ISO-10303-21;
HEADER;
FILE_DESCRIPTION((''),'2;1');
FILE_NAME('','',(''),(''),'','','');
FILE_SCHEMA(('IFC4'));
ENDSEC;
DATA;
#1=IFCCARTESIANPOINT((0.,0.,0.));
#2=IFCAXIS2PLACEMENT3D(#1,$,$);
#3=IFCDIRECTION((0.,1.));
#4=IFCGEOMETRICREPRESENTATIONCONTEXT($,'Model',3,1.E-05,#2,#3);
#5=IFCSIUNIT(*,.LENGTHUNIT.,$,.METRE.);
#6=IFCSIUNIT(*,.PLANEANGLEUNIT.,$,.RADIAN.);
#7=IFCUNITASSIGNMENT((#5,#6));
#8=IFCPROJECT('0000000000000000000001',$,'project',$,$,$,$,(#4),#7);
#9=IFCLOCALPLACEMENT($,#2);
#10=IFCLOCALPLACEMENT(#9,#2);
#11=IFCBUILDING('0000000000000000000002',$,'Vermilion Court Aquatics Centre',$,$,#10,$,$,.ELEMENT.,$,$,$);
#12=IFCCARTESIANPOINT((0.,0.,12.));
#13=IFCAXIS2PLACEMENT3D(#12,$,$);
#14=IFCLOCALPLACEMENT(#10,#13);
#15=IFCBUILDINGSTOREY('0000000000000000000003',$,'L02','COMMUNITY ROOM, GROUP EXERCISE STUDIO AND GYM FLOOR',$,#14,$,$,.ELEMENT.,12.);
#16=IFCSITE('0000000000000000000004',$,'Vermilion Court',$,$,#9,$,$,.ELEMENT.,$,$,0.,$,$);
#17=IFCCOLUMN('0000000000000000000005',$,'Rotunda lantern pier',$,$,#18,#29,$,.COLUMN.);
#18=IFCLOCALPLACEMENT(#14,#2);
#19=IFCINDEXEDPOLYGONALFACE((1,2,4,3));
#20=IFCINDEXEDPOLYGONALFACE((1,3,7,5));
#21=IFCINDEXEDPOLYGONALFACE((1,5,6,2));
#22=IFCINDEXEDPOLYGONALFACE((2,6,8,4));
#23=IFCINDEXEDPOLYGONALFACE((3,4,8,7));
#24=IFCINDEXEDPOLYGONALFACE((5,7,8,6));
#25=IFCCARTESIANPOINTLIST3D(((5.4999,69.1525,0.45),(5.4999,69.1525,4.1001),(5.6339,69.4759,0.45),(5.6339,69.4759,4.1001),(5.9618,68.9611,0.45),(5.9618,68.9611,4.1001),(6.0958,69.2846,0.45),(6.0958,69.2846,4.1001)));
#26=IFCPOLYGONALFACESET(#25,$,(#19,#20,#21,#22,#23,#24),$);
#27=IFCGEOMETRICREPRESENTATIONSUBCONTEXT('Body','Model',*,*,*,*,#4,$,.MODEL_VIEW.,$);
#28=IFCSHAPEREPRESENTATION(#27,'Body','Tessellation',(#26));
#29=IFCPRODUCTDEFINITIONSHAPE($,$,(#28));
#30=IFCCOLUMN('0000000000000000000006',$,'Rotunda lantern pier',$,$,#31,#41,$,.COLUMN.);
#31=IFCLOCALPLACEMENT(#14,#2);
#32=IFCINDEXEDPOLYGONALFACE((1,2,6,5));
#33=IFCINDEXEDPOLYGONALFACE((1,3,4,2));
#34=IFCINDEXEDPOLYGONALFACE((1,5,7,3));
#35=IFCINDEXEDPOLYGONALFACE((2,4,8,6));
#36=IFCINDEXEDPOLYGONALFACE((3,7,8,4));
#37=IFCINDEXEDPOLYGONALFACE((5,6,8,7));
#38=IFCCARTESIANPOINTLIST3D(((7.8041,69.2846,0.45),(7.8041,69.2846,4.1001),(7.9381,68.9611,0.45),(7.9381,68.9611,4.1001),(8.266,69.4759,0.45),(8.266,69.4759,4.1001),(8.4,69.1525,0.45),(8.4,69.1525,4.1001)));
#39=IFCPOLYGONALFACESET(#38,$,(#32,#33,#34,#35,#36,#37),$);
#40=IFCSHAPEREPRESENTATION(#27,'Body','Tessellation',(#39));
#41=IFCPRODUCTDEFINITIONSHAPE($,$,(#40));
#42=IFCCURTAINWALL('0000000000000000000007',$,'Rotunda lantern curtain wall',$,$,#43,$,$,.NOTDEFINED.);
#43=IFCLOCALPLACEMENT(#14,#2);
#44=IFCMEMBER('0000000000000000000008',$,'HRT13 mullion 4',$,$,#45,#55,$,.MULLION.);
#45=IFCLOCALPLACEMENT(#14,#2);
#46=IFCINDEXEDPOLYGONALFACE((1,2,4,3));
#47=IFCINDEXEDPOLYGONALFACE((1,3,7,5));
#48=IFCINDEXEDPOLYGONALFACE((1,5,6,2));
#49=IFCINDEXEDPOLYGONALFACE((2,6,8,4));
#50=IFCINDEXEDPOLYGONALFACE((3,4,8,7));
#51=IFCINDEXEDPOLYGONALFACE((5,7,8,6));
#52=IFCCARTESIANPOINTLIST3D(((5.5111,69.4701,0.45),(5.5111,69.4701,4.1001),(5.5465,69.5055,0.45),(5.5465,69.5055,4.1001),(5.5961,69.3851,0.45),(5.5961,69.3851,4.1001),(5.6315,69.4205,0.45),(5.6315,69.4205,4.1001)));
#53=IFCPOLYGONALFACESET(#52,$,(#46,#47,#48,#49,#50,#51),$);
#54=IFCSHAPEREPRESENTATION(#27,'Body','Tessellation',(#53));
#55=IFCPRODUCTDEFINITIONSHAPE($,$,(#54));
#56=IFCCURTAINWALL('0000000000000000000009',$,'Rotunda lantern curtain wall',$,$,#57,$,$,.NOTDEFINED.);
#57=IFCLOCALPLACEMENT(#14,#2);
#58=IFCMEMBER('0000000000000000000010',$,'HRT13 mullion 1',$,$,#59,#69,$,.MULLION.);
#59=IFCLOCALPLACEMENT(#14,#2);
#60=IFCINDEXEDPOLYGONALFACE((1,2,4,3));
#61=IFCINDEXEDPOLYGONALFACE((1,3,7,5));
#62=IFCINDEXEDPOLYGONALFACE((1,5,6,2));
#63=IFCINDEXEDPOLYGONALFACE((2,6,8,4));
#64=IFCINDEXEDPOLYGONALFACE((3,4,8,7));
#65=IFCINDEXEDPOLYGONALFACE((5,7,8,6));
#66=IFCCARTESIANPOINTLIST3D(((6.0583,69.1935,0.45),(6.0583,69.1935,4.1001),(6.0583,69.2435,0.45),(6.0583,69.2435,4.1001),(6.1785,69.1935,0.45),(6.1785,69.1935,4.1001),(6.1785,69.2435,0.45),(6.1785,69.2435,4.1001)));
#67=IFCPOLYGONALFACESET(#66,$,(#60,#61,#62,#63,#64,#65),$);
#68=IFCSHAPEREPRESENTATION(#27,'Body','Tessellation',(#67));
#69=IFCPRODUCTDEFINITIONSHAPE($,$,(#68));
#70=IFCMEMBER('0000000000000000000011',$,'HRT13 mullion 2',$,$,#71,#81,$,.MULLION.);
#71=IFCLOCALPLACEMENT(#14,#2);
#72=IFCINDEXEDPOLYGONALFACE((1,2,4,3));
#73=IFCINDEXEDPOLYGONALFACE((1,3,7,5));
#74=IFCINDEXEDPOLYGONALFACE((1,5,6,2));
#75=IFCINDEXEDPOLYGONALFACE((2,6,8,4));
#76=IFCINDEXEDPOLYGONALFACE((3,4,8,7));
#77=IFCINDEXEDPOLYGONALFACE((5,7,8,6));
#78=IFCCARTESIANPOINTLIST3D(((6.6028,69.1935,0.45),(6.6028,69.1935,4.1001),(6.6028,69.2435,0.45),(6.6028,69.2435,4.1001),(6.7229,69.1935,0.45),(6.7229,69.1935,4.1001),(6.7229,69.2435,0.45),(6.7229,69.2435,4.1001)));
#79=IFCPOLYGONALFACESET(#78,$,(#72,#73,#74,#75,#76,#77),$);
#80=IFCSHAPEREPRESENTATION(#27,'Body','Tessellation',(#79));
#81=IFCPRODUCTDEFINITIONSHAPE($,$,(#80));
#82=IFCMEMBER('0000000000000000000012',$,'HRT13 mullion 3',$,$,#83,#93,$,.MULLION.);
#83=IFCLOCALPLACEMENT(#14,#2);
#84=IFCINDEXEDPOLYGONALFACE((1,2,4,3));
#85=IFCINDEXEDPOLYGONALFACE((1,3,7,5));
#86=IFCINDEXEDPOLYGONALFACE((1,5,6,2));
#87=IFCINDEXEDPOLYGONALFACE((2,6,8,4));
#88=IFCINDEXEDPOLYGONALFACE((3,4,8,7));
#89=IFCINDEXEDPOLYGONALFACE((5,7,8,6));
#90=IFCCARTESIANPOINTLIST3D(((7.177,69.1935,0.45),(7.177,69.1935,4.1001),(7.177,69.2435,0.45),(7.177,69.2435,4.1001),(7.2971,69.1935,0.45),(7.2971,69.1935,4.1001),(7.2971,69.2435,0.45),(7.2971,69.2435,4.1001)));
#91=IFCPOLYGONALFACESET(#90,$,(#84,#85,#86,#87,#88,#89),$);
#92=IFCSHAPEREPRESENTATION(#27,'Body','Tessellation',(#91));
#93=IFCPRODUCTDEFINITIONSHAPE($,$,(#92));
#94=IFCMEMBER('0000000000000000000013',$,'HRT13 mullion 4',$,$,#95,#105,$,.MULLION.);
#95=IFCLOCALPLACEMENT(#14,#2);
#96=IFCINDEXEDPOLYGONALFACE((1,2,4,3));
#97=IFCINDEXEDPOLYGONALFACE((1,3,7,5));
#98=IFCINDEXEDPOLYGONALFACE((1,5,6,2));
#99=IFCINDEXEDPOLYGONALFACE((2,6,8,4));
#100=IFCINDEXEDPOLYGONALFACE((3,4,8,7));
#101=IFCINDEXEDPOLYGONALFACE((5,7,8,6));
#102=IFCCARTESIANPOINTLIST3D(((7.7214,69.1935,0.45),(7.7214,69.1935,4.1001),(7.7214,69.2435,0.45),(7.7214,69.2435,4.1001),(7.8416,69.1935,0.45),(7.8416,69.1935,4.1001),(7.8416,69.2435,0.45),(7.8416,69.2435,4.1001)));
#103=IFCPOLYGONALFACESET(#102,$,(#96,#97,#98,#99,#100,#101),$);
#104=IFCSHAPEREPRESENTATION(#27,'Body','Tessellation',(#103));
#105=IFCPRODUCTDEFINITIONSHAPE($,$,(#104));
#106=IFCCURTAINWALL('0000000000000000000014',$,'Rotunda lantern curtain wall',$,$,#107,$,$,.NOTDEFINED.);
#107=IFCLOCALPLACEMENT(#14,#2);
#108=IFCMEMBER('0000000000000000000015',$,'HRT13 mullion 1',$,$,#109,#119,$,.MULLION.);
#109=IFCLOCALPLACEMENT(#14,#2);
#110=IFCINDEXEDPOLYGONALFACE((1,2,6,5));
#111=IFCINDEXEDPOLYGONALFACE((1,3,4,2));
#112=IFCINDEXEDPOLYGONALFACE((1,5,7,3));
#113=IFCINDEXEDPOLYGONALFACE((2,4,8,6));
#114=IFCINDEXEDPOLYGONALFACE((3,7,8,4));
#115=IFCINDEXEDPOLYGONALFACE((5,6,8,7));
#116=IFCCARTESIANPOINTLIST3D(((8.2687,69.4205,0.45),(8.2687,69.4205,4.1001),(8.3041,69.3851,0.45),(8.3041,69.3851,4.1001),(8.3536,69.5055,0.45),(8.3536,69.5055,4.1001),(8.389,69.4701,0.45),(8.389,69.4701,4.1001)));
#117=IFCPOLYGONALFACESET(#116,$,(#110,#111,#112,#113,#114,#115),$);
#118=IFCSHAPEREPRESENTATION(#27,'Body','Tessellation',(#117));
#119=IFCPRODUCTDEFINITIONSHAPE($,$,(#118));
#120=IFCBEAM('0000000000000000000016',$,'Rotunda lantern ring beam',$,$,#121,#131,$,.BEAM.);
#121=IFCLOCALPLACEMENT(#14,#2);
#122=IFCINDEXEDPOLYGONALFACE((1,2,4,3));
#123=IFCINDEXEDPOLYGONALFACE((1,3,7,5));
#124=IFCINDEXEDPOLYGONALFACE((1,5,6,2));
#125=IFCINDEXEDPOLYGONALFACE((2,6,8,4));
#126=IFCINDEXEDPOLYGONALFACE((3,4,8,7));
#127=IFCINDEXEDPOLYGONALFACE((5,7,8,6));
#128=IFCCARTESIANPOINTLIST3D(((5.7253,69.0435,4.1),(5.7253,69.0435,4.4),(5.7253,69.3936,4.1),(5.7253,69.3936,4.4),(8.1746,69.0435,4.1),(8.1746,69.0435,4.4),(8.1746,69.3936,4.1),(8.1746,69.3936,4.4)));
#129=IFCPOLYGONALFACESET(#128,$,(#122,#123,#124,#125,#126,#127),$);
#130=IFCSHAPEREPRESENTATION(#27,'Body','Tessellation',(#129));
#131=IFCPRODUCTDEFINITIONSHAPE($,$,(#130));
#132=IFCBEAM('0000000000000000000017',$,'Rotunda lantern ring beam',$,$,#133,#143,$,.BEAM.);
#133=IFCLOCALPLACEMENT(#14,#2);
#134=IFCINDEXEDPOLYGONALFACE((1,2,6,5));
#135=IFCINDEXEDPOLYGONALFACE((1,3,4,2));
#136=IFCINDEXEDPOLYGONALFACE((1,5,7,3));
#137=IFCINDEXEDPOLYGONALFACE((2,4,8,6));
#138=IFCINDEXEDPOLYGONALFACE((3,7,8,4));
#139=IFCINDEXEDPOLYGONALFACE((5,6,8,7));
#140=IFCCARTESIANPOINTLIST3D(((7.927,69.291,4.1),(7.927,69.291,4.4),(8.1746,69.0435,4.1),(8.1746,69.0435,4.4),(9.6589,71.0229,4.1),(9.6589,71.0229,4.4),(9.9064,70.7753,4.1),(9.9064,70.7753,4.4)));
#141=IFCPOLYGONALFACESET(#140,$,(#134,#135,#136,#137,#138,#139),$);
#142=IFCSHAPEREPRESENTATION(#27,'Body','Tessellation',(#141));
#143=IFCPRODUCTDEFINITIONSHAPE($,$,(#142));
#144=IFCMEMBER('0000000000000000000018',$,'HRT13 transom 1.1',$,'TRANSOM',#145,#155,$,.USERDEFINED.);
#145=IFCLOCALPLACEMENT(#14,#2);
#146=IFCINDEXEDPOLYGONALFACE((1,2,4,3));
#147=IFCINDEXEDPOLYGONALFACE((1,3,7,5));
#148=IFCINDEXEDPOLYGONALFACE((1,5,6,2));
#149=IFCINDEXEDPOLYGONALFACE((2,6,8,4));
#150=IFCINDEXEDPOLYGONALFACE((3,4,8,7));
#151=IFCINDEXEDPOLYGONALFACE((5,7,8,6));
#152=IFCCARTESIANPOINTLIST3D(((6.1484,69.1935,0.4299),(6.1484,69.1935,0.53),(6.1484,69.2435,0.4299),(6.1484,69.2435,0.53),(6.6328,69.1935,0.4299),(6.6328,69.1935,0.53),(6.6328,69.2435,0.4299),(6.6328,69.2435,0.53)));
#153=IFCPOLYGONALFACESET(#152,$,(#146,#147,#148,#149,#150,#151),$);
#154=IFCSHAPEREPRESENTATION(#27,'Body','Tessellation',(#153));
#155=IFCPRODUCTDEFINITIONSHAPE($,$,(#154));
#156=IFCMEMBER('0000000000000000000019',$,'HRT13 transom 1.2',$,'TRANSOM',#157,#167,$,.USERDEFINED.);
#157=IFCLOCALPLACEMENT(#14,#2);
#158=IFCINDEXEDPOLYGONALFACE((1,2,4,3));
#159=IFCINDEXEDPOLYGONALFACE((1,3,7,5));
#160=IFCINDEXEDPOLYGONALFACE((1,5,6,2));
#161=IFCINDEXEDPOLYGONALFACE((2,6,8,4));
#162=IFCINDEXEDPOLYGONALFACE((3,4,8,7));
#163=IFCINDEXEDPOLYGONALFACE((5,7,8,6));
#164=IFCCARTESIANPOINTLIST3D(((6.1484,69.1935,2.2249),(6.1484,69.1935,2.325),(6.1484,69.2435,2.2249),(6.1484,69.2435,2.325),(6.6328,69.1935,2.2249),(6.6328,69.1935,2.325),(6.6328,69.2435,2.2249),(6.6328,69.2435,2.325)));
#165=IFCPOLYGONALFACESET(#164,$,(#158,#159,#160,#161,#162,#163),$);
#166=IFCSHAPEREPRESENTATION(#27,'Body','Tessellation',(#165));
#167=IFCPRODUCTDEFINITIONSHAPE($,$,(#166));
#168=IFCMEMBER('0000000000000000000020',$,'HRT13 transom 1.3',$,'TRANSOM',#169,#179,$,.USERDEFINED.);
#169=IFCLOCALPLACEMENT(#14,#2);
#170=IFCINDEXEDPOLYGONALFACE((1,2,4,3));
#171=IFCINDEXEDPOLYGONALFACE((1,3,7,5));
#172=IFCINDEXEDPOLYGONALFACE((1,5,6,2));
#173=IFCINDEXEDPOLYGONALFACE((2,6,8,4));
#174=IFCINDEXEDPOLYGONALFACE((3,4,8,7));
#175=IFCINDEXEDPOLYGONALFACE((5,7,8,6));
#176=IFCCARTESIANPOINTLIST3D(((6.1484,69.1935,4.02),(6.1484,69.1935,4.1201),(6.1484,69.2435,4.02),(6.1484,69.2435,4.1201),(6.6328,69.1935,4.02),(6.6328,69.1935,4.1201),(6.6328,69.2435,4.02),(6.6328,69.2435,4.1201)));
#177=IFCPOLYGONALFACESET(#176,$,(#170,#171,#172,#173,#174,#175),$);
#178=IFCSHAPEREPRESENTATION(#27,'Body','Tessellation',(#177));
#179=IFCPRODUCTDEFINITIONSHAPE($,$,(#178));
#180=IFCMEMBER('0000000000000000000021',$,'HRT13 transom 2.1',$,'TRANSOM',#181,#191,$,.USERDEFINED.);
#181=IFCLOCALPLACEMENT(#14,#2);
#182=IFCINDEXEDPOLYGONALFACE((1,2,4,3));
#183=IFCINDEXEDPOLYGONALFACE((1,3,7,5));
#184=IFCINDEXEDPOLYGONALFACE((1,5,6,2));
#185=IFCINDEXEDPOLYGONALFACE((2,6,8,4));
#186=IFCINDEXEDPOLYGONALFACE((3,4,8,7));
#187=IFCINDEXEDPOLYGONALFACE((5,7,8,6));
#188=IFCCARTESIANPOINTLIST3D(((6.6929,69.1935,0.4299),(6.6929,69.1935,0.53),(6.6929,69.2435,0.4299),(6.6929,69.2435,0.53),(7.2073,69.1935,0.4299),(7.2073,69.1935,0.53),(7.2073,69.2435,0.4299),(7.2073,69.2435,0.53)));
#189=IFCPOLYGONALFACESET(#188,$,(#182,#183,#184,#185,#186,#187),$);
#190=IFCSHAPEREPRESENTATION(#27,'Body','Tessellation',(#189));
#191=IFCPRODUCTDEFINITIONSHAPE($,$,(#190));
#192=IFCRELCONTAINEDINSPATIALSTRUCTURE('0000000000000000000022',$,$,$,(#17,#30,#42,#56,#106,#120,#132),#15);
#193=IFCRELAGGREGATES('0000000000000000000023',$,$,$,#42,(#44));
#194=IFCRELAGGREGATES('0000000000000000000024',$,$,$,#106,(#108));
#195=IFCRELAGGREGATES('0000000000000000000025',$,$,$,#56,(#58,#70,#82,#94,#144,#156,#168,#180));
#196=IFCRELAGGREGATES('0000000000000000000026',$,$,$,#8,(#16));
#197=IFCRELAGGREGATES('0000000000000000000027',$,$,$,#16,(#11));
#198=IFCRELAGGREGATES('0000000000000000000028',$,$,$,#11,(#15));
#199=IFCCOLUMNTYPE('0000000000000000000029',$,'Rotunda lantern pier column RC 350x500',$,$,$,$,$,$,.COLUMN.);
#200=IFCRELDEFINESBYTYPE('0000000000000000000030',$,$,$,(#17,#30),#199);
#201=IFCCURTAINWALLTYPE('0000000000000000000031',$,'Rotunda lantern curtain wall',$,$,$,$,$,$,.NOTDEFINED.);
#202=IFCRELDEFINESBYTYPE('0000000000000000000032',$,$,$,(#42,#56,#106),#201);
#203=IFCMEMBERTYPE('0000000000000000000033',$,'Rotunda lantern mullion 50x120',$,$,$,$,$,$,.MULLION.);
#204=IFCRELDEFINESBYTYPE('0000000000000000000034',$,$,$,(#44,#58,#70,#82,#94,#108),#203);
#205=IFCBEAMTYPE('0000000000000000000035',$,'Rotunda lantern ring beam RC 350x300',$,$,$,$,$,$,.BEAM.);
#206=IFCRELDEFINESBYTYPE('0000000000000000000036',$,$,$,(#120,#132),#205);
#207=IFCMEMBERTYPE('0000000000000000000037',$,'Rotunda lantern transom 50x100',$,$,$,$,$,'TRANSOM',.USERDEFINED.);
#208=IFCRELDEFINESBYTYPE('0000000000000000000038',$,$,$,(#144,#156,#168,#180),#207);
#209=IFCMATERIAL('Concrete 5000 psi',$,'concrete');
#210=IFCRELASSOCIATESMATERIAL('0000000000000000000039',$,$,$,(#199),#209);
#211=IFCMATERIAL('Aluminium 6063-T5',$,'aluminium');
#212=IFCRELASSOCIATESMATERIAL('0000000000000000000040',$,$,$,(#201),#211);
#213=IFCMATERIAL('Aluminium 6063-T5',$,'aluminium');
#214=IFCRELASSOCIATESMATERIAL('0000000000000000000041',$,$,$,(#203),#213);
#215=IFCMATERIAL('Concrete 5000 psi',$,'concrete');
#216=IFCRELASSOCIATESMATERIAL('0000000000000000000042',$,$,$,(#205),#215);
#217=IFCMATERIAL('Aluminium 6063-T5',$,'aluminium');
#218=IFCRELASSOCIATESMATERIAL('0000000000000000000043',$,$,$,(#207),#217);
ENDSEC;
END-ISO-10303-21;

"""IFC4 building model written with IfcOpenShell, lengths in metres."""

from ifc_helpers import new_model, si_unit, direction, frame, origin, origin_2d, place, context, subcontext, project, spatial, rectangle, extrude, material, material_profile, profile_set, type_object, element, aggregate, save


model = new_model("IFC4")

# Units and contexts
model_context = context("Model", 3, precision=1e-05, world=origin(), true_north=direction((0.0, 1.0)))
body_context = subcontext(model_context, "Body", "Model", "MODEL_VIEW")
ifc_project = project(units=[si_unit("LENGTHUNIT", "METRE"), si_unit("PLANEANGLEUNIT", "RADIAN")], contexts=[model_context])

# Site, building, storey
site_placement = place(None, origin())
site = spatial("IfcSite", under=ifc_project, at=site_placement, Name="Vermilion Court", CompositionType="ELEMENT", RefElevation=0.0)
building_placement = place(site_placement, origin())
building = spatial("IfcBuilding", under=site, at=building_placement, Name="Vermilion Court Aquatics Centre", CompositionType="ELEMENT")
storey_placement = place(building_placement, frame((0.0, 0.0, 12.0)))
storey = spatial("IfcBuildingStorey", under=building, at=storey_placement, Name="L02", Description="COMMUNITY ROOM, GROUP EXERCISE STUDIO AND GYM FLOOR", CompositionType="ELEMENT", Elevation=12.0)

# Columns
ifc_material_1 = material(Name="Concrete 5000 psi", Category="concrete")
ifc_material_profile_1 = material_profile(ifc_material_1, rectangle(XDim=0.3501, YDim=0.5, at=origin_2d()), Name="RC 350x500")
ifc_profile_set_1 = profile_set([ifc_material_profile_1], Name="Concrete 5000 psi")
column_type = type_object("IfcColumnType", Name="Rotunda lantern pier column RC 350x500", PredefinedType="COLUMN", material=ifc_profile_set_1)
for number, where, z_axis, x_axis, name in (
    (1, (5.7979, 69.2185, 0.45), (0.0, 0.0, 1.0), (-0.382683, -0.92388, 0.0), "Rotunda lantern pier"),
    (2, (8.1021, 69.2185, 0.45), (0.0, 0.0, 1.0), (0.382683, -0.92388, 0.0), "Rotunda lantern pier"),
):
    element("IfcColumn", number, at=place(storey_placement, frame(where, z_axis=z_axis, x_axis=x_axis)), inside=storey, type_object=column_type, Name=name, PredefinedType="COLUMN", context=body_context, shape_type="SweptSolid", body=[
        extrude(rectangle(XDim=0.3501, YDim=0.5, at=origin_2d()), origin(), (0.0, 0.0, 1.0), 3.6501),
    ])

# Curtain wall, member
ifc_material_2 = material(Name="Aluminium 6063-T5", Category="aluminium")
curtain_wall_type = type_object("IfcCurtainWallType", Name="Rotunda lantern curtain wall", PredefinedType="NOTDEFINED", material=ifc_material_2)
curtain_wall_1_placement = place(storey_placement, origin())
curtain_wall_1 = element("IfcCurtainWall", 3, at=curtain_wall_1_placement, inside=storey, type_object=curtain_wall_type, Name="Rotunda lantern curtain wall", PredefinedType="NOTDEFINED")
ifc_material_3 = material(Name="Aluminium 6063-T5", Category="aluminium")
ifc_material_profile_2 = material_profile(ifc_material_3, rectangle(XDim=0.05, YDim=0.1201, at=origin_2d()), Name="Aluminium 50x120")
ifc_profile_set_2 = profile_set([ifc_material_profile_2], Name="Aluminium 6063-T5")
member_type_1 = type_object("IfcMemberType", Name="Rotunda lantern mullion 50x120", PredefinedType="MULLION", material=ifc_profile_set_2)
member_1_placement = place(storey_placement, frame((5.5713, 69.4453, 0.45), z_axis=(0.0, 0.0, 1.0), x_axis=(0.707107, 0.707107, 0.0)))
member_1 = element("IfcMember", 4, at=member_1_placement, type_object=member_type_1, Name="HRT13 mullion 4", PredefinedType="MULLION", context=body_context, shape_type="SweptSolid", body=[
    extrude(rectangle(XDim=0.05, YDim=0.1201, at=origin_2d()), origin(), (0.0, 0.0, 1.0), 3.6501),
])
aggregate(curtain_wall_1, [member_1])

# Curtain wall, members
curtain_wall_2_placement = place(storey_placement, origin())
curtain_wall_2 = element("IfcCurtainWall", 5, at=curtain_wall_2_placement, inside=storey, type_object=curtain_wall_type, Name="Rotunda lantern curtain wall", PredefinedType="NOTDEFINED")
member_2_placement = place(storey_placement, frame((6.1184, 69.2185, 0.45), z_axis=(0.0, 0.0, 1.0), x_axis=(0.0, 1.0, 0.0)))
member_2 = element("IfcMember", 6, at=member_2_placement, type_object=member_type_1, Name="HRT13 mullion 1", PredefinedType="MULLION", context=body_context, shape_type="SweptSolid", body=[
    extrude(rectangle(XDim=0.05, YDim=0.1201, at=origin_2d()), origin(), (0.0, 0.0, 1.0), 3.6501),
])
member_3_placement = place(storey_placement, frame((6.6628, 69.2185, 0.45), z_axis=(0.0, 0.0, 1.0), x_axis=(0.0, 1.0, 0.0)))
member_3 = element("IfcMember", 7, at=member_3_placement, type_object=member_type_1, Name="HRT13 mullion 2", PredefinedType="MULLION", context=body_context, shape_type="SweptSolid", body=[
    extrude(rectangle(XDim=0.05, YDim=0.1201, at=origin_2d()), origin(), (0.0, 0.0, 1.0), 3.6501),
])
member_4_placement = place(storey_placement, frame((7.2371, 69.2185, 0.45), z_axis=(0.0, 0.0, 1.0), x_axis=(0.0, 1.0, 0.0)))
member_4 = element("IfcMember", 8, at=member_4_placement, type_object=member_type_1, Name="HRT13 mullion 3", PredefinedType="MULLION", context=body_context, shape_type="SweptSolid", body=[
    extrude(rectangle(XDim=0.05, YDim=0.1201, at=origin_2d()), origin(), (0.0, 0.0, 1.0), 3.6501),
])
member_5_placement = place(storey_placement, frame((7.7815, 69.2185, 0.45), z_axis=(0.0, 0.0, 1.0), x_axis=(0.0, 1.0, 0.0)))
member_5 = element("IfcMember", 9, at=member_5_placement, type_object=member_type_1, Name="HRT13 mullion 4", PredefinedType="MULLION", context=body_context, shape_type="SweptSolid", body=[
    extrude(rectangle(XDim=0.05, YDim=0.1201, at=origin_2d()), origin(), (0.0, 0.0, 1.0), 3.6501),
])

# Curtain wall, member
curtain_wall_3_placement = place(storey_placement, origin())
curtain_wall_3 = element("IfcCurtainWall", 10, at=curtain_wall_3_placement, inside=storey, type_object=curtain_wall_type, Name="Rotunda lantern curtain wall", PredefinedType="NOTDEFINED")
member_6_placement = place(storey_placement, frame((8.3289, 69.4453, 0.45), z_axis=(0.0, 0.0, 1.0), x_axis=(-0.707107, 0.707107, 0.0)))
member_6 = element("IfcMember", 11, at=member_6_placement, type_object=member_type_1, Name="HRT13 mullion 1", PredefinedType="MULLION", context=body_context, shape_type="SweptSolid", body=[
    extrude(rectangle(XDim=0.05, YDim=0.1201, at=origin_2d()), origin(), (0.0, 0.0, 1.0), 3.6501),
])
aggregate(curtain_wall_3, [member_6])

# Beams
ifc_material_4 = material(Name="Concrete 5000 psi", Category="concrete")
ifc_material_profile_3 = material_profile(ifc_material_4, rectangle(XDim=0.3501, YDim=0.3, at=origin_2d()), Name="RC 350x300")
ifc_profile_set_3 = profile_set([ifc_material_profile_3], Name="Concrete 5000 psi")
beam_type = type_object("IfcBeamType", Name="Rotunda lantern ring beam RC 350x300", PredefinedType="BEAM", material=ifc_profile_set_3)
for number, where, z_axis, x_axis, name in (
    (12, (5.7253, 69.2185, 4.25), (1.0, 0.0, 0.0), (0.0, 1.0, 0.0), "Rotunda lantern ring beam"),
    (13, (8.0508, 69.1672, 4.25), (0.707107, 0.707107, 0.0), (-0.707107, 0.707107, 0.0), "Rotunda lantern ring beam"),
):
    element("IfcBeam", number, at=place(storey_placement, frame(where, z_axis=z_axis, x_axis=x_axis)), inside=storey, type_object=beam_type, Name=name, PredefinedType="BEAM", context=body_context, shape_type="SweptSolid", body=[
        extrude(rectangle(XDim=0.3501, YDim=0.3, at=origin_2d()), origin(), (0.0, 0.0, 1.0), 2.4492),
    ])

# Members
ifc_material_5 = material(Name="Aluminium 6063-T5", Category="aluminium")
ifc_material_profile_4 = material_profile(ifc_material_5, rectangle(XDim=0.05, YDim=0.1001, at=origin_2d()), Name="Aluminium 50x100")
ifc_profile_set_4 = profile_set([ifc_material_profile_4], Name="Aluminium 6063-T5")
member_type_2 = type_object("IfcMemberType", Name="Rotunda lantern transom 50x100", ElementType="TRANSOM", PredefinedType="USERDEFINED", material=ifc_profile_set_4)
member_7_placement = place(storey_placement, frame((6.1484, 69.2185, 0.48), z_axis=(1.0, 0.0, 0.0), x_axis=(0.0, 1.0, 0.0)))
member_7 = element("IfcMember", 14, at=member_7_placement, type_object=member_type_2, Name="HRT13 transom 1.1", ObjectType="TRANSOM", PredefinedType="USERDEFINED", context=body_context, shape_type="SweptSolid", body=[
    extrude(rectangle(XDim=0.05, YDim=0.1001, at=origin_2d()), origin(), (0.0, 0.0, 1.0), 0.4844),
])
member_8_placement = place(storey_placement, frame((6.1484, 69.2185, 2.2749), z_axis=(1.0, 0.0, 0.0), x_axis=(0.0, 1.0, 0.0)))
member_8 = element("IfcMember", 15, at=member_8_placement, type_object=member_type_2, Name="HRT13 transom 1.2", ObjectType="TRANSOM", PredefinedType="USERDEFINED", context=body_context, shape_type="SweptSolid", body=[
    extrude(rectangle(XDim=0.05, YDim=0.1001, at=origin_2d()), origin(), (0.0, 0.0, 1.0), 0.4844),
])
member_9_placement = place(storey_placement, frame((6.1484, 69.2185, 4.0701), z_axis=(1.0, 0.0, 0.0), x_axis=(0.0, 1.0, 0.0)))
member_9 = element("IfcMember", 16, at=member_9_placement, type_object=member_type_2, Name="HRT13 transom 1.3", ObjectType="TRANSOM", PredefinedType="USERDEFINED", context=body_context, shape_type="SweptSolid", body=[
    extrude(rectangle(XDim=0.05, YDim=0.1001, at=origin_2d()), origin(), (0.0, 0.0, 1.0), 0.4844),
])
member_10_placement = place(storey_placement, frame((6.6929, 69.2185, 0.48), z_axis=(1.0, 0.0, 0.0), x_axis=(0.0, 1.0, 0.0)))
member_10 = element("IfcMember", 17, at=member_10_placement, type_object=member_type_2, Name="HRT13 transom 2.1", ObjectType="TRANSOM", PredefinedType="USERDEFINED", context=body_context, shape_type="SweptSolid", body=[
    extrude(rectangle(XDim=0.05, YDim=0.1001, at=origin_2d()), origin(), (0.0, 0.0, 1.0), 0.5144),
])

aggregate(curtain_wall_2, [member_2, member_3, member_4, member_5, member_7, member_8, member_9, member_10])

save(model, "model.ifc")
